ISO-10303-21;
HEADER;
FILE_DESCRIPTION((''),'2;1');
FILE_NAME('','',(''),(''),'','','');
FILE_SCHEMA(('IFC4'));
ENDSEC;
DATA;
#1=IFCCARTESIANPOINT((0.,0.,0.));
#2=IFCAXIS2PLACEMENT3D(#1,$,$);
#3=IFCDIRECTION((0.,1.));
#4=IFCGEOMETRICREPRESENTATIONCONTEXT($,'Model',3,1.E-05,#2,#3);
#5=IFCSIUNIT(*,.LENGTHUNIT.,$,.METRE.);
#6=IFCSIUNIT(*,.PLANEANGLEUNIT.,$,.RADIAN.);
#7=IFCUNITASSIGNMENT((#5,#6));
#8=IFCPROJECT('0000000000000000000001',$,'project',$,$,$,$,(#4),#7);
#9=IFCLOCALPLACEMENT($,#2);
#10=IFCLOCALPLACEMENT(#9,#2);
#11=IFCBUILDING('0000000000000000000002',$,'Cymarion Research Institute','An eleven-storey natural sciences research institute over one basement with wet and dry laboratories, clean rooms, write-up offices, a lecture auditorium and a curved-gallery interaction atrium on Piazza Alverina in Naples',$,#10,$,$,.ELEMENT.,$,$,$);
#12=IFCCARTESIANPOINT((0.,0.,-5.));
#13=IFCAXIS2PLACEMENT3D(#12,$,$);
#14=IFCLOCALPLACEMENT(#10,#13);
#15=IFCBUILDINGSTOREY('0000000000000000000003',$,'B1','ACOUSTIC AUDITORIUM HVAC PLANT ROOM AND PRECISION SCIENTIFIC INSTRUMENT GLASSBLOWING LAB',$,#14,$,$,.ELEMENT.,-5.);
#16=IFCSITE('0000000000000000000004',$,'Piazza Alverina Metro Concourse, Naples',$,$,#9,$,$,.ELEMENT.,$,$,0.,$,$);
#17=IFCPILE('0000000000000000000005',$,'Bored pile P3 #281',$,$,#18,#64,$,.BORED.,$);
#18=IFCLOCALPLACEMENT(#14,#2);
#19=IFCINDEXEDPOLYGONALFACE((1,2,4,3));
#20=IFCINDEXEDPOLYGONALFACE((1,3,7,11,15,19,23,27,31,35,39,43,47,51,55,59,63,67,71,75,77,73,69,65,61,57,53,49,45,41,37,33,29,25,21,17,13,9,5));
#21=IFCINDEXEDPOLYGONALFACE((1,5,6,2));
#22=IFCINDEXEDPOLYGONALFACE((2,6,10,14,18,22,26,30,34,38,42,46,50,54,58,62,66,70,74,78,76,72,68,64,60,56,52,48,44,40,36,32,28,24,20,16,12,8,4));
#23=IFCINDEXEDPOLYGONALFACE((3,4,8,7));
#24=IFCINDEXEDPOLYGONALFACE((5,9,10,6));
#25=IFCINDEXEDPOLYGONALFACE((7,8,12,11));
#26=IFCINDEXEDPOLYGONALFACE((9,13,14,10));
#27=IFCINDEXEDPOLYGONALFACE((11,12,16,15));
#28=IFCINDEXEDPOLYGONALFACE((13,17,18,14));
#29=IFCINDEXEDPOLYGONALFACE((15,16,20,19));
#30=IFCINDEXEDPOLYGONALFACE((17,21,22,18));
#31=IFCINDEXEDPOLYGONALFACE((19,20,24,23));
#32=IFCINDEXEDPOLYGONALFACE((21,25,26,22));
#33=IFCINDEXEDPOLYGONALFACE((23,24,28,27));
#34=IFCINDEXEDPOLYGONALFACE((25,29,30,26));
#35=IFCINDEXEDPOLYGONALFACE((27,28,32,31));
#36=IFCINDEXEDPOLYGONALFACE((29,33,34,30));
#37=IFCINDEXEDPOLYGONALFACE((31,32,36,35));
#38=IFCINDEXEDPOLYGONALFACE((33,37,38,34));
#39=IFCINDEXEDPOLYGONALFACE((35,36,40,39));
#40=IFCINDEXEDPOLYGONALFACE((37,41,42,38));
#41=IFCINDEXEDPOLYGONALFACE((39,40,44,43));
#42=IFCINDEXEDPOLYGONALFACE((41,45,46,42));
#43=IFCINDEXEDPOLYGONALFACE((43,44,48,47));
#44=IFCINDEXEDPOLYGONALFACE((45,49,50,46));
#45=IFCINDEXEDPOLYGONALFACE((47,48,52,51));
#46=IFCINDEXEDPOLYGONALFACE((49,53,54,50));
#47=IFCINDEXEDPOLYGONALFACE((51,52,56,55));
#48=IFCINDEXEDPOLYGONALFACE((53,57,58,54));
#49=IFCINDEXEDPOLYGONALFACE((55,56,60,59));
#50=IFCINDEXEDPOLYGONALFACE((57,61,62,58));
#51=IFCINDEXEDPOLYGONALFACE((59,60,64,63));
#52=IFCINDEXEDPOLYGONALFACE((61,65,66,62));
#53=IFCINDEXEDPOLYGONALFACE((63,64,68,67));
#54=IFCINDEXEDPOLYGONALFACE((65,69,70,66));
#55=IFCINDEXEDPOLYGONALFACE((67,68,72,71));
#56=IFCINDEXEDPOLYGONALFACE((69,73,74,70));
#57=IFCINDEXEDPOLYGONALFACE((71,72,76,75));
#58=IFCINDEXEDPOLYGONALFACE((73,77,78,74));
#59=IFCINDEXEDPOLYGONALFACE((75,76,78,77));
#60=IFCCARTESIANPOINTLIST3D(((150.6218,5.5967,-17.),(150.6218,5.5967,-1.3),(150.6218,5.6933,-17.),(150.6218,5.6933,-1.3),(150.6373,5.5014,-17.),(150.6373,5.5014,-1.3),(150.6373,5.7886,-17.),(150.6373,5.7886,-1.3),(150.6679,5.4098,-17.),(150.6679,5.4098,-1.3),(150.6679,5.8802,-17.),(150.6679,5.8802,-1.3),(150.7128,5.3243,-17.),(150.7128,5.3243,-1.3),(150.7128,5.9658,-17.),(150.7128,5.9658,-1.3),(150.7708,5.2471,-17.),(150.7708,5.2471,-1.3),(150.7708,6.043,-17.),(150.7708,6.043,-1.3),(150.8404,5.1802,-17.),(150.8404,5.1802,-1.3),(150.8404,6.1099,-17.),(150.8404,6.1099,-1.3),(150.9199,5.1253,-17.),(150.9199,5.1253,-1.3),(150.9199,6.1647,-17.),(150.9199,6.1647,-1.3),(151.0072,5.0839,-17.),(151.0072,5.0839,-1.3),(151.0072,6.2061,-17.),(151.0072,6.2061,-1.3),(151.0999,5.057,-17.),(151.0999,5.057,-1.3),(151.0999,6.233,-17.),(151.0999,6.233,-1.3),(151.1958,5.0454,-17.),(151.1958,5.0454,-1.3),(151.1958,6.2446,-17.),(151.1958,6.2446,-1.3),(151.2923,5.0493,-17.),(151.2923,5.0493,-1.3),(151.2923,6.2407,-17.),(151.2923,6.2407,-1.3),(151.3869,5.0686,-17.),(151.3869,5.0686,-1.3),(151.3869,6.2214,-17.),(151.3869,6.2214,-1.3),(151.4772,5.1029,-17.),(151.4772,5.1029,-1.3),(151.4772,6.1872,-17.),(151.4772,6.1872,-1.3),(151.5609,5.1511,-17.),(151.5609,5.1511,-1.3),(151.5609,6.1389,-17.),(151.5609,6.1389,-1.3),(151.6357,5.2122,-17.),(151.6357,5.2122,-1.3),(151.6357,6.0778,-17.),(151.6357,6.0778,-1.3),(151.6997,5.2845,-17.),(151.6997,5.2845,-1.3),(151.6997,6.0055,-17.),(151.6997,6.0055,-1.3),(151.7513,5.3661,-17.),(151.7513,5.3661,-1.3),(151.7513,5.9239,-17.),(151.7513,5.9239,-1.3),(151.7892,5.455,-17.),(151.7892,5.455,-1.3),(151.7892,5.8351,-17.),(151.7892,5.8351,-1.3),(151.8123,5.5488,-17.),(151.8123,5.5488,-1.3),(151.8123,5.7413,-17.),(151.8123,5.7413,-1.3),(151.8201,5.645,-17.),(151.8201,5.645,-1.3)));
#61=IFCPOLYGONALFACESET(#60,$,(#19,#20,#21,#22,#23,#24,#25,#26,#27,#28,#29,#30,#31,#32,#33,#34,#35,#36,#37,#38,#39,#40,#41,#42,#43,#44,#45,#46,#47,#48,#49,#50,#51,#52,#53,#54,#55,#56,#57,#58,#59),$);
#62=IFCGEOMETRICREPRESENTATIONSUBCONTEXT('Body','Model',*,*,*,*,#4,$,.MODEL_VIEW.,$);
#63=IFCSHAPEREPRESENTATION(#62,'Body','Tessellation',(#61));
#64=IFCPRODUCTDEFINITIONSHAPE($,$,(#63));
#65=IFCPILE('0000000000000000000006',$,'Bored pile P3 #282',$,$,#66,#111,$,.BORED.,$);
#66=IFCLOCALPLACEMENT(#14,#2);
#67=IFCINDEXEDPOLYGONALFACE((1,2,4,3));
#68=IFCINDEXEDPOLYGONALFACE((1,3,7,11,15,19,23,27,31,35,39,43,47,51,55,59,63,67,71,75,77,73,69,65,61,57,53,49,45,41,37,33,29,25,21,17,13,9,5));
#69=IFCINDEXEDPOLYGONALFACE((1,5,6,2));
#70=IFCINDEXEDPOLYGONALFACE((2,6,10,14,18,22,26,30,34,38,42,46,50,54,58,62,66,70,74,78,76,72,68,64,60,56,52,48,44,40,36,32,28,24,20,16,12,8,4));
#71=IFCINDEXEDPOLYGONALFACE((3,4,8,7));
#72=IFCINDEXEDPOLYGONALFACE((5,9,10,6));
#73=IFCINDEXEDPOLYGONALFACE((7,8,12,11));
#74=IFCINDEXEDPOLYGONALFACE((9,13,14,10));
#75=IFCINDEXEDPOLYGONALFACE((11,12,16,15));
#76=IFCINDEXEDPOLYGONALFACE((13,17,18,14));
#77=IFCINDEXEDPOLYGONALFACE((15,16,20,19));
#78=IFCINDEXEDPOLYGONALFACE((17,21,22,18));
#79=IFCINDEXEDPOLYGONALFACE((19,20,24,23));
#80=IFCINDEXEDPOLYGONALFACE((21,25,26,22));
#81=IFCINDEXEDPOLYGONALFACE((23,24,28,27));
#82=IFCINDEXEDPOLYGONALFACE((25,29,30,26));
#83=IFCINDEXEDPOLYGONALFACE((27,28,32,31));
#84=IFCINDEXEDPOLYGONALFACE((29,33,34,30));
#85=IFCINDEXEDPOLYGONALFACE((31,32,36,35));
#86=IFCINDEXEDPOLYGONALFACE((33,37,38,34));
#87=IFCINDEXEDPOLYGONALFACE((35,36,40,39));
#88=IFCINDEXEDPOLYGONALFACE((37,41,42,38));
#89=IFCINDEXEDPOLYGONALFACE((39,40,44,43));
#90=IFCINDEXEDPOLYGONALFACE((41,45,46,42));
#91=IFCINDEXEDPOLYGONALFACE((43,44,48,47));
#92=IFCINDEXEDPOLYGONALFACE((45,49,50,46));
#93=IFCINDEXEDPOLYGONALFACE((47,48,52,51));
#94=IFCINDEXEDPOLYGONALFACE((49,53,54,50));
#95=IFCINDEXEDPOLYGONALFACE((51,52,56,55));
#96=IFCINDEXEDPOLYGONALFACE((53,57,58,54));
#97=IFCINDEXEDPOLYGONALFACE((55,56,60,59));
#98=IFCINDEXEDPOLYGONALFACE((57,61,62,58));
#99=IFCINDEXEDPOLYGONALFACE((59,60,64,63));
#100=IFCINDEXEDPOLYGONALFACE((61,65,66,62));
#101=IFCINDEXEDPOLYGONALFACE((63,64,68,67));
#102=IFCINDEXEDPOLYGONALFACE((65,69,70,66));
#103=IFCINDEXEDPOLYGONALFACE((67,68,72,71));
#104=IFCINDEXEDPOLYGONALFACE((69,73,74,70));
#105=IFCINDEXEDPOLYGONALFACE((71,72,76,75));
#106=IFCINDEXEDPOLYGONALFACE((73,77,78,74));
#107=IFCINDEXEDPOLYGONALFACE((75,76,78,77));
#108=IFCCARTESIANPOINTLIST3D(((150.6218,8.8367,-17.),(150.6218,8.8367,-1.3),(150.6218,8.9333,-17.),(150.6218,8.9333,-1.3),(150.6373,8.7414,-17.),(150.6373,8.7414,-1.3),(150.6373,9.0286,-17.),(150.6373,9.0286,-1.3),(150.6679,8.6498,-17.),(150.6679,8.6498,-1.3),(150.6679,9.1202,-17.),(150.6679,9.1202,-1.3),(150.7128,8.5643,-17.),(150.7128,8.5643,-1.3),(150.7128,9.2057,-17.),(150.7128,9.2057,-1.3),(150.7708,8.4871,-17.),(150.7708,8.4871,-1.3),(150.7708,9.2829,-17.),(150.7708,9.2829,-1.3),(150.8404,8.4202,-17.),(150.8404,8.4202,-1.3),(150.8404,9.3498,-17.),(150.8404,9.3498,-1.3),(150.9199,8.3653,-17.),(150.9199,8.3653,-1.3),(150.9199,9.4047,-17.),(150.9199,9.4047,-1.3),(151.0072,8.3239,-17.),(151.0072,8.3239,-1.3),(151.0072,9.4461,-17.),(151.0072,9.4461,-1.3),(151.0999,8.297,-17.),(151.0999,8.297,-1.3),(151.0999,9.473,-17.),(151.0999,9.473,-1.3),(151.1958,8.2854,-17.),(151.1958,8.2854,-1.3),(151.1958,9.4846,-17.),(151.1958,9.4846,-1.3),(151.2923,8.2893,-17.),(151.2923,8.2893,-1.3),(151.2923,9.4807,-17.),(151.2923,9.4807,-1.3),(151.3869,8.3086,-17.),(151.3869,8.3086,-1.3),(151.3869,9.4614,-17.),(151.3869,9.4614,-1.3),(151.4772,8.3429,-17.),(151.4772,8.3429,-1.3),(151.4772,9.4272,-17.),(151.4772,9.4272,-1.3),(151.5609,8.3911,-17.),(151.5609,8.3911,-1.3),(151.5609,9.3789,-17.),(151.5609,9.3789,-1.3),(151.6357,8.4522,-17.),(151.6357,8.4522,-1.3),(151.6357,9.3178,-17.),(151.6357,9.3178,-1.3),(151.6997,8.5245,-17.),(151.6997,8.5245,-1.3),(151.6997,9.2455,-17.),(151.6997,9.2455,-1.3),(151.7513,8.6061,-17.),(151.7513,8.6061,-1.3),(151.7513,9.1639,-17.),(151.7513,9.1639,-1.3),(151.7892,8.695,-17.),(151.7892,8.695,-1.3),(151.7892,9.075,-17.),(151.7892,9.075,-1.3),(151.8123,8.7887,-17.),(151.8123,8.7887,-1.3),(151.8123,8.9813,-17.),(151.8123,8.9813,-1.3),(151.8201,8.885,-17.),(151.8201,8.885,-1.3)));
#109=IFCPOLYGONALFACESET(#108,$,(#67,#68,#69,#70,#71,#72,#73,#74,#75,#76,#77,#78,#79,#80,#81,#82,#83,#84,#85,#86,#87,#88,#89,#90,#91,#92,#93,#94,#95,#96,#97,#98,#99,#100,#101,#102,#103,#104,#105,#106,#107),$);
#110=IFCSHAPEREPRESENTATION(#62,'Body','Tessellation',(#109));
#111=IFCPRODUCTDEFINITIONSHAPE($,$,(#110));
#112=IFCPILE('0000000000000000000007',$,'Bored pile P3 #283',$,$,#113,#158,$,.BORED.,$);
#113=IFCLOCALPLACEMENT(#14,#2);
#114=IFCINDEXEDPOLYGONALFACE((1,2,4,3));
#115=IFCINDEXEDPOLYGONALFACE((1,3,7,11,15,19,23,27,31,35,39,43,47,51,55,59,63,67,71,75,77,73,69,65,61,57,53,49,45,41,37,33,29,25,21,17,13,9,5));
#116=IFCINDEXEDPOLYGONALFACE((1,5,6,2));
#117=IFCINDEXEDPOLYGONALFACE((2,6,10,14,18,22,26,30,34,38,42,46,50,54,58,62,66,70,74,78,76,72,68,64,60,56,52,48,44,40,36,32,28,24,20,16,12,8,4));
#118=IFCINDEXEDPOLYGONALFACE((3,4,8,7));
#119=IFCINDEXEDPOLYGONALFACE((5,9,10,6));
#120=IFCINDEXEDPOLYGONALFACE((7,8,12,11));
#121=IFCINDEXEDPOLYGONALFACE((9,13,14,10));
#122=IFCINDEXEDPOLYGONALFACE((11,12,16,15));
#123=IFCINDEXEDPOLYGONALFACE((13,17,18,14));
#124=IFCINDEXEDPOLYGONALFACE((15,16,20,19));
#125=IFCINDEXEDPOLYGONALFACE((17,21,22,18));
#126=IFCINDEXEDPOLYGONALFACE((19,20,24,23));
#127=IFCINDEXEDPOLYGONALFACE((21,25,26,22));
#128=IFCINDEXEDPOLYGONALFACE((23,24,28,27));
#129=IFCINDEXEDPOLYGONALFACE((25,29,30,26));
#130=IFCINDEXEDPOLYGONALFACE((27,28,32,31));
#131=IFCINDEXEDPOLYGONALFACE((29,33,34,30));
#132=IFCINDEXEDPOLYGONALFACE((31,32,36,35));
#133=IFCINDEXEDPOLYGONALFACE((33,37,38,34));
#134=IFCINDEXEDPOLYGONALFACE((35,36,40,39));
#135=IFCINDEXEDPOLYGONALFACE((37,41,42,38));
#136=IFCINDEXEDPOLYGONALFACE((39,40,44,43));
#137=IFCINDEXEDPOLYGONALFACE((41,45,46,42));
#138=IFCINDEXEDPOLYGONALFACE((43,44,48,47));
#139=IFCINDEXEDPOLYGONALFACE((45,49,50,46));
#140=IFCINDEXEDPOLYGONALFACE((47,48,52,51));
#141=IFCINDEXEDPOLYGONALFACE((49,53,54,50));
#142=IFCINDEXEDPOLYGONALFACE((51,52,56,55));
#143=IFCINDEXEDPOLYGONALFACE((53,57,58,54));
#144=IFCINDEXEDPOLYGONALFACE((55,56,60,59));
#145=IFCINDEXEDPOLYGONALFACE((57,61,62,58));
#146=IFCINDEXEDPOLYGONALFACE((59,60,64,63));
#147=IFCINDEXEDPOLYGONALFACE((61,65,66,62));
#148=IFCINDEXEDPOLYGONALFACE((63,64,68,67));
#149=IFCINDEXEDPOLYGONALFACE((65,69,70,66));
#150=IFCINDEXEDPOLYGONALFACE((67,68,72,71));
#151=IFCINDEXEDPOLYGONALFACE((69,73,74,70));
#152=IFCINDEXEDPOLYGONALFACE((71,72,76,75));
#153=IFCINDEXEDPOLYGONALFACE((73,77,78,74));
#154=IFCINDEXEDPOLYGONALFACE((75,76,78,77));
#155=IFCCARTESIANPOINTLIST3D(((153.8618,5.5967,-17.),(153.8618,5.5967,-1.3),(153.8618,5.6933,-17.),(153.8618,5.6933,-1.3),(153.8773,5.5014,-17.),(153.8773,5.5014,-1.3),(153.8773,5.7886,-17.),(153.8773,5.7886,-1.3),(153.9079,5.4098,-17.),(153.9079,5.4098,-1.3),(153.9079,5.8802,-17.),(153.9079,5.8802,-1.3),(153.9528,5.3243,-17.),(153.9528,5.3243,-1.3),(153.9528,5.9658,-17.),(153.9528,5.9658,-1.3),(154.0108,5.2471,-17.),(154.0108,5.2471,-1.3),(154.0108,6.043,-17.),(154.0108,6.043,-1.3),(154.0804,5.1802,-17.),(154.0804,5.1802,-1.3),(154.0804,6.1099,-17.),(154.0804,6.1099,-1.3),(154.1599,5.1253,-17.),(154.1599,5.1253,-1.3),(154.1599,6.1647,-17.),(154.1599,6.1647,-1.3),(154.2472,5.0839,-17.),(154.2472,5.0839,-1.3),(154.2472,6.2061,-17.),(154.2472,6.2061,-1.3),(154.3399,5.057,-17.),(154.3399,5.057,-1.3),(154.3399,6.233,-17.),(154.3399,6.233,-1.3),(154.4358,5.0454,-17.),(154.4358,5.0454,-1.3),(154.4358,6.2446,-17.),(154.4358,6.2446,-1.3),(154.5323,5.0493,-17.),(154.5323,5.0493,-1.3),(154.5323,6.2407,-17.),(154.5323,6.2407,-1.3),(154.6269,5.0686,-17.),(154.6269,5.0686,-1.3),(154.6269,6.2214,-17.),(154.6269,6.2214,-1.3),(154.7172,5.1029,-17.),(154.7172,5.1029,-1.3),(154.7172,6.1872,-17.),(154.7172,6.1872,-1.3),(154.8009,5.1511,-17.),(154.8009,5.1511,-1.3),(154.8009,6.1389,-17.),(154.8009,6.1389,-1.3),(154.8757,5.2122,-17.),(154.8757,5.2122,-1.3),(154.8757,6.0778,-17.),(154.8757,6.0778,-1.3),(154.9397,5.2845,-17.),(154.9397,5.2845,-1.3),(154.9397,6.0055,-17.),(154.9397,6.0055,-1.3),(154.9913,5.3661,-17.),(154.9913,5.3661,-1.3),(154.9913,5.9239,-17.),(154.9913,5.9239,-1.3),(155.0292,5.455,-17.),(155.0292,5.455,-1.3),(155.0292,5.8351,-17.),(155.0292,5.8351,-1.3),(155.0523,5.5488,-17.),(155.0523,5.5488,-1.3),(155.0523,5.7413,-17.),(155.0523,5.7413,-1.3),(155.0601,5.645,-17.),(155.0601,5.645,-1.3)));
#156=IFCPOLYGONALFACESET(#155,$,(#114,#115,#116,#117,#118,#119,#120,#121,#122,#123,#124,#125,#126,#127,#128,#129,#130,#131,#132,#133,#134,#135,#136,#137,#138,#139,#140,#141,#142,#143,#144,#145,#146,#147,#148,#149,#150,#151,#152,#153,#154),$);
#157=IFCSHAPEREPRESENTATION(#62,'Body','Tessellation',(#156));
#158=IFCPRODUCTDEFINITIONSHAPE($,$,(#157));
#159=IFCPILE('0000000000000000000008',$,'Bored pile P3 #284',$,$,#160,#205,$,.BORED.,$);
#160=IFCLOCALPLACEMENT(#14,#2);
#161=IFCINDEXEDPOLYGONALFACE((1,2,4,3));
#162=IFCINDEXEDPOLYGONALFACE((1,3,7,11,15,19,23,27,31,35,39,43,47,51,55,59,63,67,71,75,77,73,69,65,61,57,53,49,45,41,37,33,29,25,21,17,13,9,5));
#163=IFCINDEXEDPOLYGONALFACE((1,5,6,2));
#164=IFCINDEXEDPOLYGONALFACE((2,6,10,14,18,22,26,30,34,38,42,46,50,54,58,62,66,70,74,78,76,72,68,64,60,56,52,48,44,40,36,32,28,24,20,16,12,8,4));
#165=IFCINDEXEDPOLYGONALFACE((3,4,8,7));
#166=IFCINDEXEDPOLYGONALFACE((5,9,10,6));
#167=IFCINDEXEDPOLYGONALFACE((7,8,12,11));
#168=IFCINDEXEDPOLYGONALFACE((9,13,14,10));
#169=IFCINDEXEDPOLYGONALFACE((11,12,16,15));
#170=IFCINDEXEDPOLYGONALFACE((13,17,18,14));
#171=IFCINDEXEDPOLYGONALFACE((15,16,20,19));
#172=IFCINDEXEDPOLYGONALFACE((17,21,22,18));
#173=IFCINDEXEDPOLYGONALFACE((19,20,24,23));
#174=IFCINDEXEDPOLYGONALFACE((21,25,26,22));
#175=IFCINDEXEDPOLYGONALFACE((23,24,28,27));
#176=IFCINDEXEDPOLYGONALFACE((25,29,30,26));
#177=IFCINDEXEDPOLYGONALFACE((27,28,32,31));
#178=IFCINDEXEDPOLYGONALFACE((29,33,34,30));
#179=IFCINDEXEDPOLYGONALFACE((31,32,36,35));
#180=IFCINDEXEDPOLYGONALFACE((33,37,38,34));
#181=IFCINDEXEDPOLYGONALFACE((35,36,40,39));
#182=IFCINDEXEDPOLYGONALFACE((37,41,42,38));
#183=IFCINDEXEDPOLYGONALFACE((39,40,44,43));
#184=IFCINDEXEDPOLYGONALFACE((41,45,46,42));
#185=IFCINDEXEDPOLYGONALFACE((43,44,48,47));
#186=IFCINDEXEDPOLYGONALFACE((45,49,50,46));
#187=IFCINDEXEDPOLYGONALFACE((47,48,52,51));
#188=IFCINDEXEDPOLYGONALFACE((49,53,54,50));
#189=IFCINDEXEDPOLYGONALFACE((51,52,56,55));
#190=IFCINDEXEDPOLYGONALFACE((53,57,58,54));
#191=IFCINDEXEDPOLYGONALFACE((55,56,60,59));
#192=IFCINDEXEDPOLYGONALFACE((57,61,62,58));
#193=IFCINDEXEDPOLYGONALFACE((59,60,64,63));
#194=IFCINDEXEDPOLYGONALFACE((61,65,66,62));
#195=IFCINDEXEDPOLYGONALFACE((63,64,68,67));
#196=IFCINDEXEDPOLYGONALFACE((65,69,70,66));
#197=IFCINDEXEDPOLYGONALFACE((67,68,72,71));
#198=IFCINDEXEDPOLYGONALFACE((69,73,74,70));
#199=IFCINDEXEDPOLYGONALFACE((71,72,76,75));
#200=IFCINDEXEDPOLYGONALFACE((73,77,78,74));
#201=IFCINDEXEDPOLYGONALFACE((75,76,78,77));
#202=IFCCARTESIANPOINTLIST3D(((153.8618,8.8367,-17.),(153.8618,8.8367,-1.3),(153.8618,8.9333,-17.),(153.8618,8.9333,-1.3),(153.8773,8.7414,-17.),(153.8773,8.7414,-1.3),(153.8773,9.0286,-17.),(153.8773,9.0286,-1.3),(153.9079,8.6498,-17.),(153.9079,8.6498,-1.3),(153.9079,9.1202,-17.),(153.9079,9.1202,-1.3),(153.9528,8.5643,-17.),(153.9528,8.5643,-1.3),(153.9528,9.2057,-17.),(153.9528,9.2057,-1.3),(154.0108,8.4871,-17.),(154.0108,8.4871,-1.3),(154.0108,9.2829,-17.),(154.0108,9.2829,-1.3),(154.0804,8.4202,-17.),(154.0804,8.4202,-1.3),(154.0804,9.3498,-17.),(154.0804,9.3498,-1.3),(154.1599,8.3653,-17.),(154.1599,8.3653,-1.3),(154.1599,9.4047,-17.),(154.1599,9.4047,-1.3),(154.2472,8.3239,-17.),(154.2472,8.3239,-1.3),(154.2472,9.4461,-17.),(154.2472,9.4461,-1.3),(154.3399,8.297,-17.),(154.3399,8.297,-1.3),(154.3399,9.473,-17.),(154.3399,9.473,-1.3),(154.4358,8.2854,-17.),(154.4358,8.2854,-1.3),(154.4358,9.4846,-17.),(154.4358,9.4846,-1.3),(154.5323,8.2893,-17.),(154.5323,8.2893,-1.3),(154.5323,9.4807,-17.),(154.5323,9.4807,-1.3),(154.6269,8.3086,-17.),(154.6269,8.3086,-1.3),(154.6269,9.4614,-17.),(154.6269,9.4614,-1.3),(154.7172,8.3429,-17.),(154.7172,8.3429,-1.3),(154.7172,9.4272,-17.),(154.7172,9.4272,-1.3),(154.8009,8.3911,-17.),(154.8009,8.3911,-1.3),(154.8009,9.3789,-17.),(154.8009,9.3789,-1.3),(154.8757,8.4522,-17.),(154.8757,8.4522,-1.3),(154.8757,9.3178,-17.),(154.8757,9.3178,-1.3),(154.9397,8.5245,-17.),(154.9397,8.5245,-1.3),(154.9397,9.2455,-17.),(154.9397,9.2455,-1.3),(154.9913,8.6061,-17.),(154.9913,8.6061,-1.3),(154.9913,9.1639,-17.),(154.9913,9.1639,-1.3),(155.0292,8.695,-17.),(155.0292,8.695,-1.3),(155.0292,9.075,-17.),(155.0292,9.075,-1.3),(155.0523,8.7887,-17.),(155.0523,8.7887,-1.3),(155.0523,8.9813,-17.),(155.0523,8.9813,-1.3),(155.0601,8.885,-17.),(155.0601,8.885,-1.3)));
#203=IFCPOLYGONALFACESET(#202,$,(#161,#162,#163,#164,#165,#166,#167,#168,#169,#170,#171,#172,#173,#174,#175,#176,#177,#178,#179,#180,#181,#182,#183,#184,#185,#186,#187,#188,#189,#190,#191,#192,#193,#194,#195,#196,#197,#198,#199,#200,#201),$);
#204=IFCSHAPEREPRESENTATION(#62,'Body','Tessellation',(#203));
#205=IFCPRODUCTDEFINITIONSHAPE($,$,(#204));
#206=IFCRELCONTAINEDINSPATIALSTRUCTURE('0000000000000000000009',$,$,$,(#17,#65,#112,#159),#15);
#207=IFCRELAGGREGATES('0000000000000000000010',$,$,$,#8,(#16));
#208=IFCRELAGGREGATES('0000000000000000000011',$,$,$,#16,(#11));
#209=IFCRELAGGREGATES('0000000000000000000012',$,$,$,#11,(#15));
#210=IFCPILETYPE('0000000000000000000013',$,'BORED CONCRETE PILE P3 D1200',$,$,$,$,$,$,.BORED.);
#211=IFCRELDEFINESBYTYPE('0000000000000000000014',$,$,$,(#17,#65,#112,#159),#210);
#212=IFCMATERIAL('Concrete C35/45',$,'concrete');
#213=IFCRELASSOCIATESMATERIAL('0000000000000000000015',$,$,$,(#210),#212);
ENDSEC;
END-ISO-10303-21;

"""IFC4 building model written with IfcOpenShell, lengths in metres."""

from ifc_helpers import new_model, si_unit, direction, frame, origin, origin_2d, place, context, subcontext, project, spatial, circle, extrude, material, material_profile, profile_set, type_object, element, save


model = new_model("IFC4")

# Units and contexts
model_context = context("Model", 3, precision=1e-05, world=origin(), true_north=direction((0.0, 1.0)))
body_context = subcontext(model_context, "Body", "Model", "MODEL_VIEW")
ifc_project = project(units=[si_unit("LENGTHUNIT", "METRE"), si_unit("PLANEANGLEUNIT", "RADIAN")], contexts=[model_context])

# Site, building, storey
site_placement = place(None, origin())
site = spatial("IfcSite", under=ifc_project, at=site_placement, Name="Piazza Alverina Metro Concourse, Naples", CompositionType="ELEMENT", RefElevation=0.0)
building_placement = place(site_placement, origin())
building = spatial("IfcBuilding", under=site, at=building_placement, Name="Cymarion Research Institute", Description="An eleven-storey natural sciences research institute over one basement with wet and dry laboratories, clean rooms, write-up offices, a lecture auditorium and a curved-gallery interaction atrium on Piazza Alverina in Naples", CompositionType="ELEMENT")
storey_placement = place(building_placement, frame((0.0, 0.0, -5.0)))
storey = spatial("IfcBuildingStorey", under=building, at=storey_placement, Name="B1", Description="ACOUSTIC AUDITORIUM HVAC PLANT ROOM AND PRECISION SCIENTIFIC INSTRUMENT GLASSBLOWING LAB", CompositionType="ELEMENT", Elevation=-5.0)

# Piles
ifc_material_1 = material(Name="Concrete C35/45", Category="concrete")
ifc_material_profile_1 = material_profile(ifc_material_1, circle(Radius=0.6001, at=origin_2d()), Name="BORED PILE D1200")
ifc_profile_set_1 = profile_set([ifc_material_profile_1], Name="Concrete C35/45")
pile_type = type_object("IfcPileType", Name="BORED CONCRETE PILE P3 D1200", PredefinedType="BORED", material=ifc_profile_set_1)
for number, where, z_axis, x_axis, name in (
    (1, (151.22, 5.645, -1.3), (0.0, 0.0, -1.0), (1.0, 0.0, 0.0), "Bored pile P3 #281"),
    (2, (151.22, 8.885, -1.3), (0.0, 0.0, -1.0), (1.0, 0.0, 0.0), "Bored pile P3 #282"),
    (3, (154.46, 5.645, -1.3), (0.0, 0.0, -1.0), (1.0, 0.0, 0.0), "Bored pile P3 #283"),
    (4, (154.46, 8.885, -1.3), (0.0, 0.0, -1.0), (1.0, 0.0, 0.0), "Bored pile P3 #284"),
):
    element("IfcPile", number, at=place(storey_placement, frame(where, z_axis=z_axis, x_axis=x_axis)), inside=storey, type_object=pile_type, Name=name, PredefinedType="BORED", context=body_context, shape_type="SweptSolid", body=[
        extrude(circle(Radius=0.6001, at=origin_2d()), origin(), (0.0, 0.0, 1.0), 15.7),
    ])

save(model, "model.ifc")
